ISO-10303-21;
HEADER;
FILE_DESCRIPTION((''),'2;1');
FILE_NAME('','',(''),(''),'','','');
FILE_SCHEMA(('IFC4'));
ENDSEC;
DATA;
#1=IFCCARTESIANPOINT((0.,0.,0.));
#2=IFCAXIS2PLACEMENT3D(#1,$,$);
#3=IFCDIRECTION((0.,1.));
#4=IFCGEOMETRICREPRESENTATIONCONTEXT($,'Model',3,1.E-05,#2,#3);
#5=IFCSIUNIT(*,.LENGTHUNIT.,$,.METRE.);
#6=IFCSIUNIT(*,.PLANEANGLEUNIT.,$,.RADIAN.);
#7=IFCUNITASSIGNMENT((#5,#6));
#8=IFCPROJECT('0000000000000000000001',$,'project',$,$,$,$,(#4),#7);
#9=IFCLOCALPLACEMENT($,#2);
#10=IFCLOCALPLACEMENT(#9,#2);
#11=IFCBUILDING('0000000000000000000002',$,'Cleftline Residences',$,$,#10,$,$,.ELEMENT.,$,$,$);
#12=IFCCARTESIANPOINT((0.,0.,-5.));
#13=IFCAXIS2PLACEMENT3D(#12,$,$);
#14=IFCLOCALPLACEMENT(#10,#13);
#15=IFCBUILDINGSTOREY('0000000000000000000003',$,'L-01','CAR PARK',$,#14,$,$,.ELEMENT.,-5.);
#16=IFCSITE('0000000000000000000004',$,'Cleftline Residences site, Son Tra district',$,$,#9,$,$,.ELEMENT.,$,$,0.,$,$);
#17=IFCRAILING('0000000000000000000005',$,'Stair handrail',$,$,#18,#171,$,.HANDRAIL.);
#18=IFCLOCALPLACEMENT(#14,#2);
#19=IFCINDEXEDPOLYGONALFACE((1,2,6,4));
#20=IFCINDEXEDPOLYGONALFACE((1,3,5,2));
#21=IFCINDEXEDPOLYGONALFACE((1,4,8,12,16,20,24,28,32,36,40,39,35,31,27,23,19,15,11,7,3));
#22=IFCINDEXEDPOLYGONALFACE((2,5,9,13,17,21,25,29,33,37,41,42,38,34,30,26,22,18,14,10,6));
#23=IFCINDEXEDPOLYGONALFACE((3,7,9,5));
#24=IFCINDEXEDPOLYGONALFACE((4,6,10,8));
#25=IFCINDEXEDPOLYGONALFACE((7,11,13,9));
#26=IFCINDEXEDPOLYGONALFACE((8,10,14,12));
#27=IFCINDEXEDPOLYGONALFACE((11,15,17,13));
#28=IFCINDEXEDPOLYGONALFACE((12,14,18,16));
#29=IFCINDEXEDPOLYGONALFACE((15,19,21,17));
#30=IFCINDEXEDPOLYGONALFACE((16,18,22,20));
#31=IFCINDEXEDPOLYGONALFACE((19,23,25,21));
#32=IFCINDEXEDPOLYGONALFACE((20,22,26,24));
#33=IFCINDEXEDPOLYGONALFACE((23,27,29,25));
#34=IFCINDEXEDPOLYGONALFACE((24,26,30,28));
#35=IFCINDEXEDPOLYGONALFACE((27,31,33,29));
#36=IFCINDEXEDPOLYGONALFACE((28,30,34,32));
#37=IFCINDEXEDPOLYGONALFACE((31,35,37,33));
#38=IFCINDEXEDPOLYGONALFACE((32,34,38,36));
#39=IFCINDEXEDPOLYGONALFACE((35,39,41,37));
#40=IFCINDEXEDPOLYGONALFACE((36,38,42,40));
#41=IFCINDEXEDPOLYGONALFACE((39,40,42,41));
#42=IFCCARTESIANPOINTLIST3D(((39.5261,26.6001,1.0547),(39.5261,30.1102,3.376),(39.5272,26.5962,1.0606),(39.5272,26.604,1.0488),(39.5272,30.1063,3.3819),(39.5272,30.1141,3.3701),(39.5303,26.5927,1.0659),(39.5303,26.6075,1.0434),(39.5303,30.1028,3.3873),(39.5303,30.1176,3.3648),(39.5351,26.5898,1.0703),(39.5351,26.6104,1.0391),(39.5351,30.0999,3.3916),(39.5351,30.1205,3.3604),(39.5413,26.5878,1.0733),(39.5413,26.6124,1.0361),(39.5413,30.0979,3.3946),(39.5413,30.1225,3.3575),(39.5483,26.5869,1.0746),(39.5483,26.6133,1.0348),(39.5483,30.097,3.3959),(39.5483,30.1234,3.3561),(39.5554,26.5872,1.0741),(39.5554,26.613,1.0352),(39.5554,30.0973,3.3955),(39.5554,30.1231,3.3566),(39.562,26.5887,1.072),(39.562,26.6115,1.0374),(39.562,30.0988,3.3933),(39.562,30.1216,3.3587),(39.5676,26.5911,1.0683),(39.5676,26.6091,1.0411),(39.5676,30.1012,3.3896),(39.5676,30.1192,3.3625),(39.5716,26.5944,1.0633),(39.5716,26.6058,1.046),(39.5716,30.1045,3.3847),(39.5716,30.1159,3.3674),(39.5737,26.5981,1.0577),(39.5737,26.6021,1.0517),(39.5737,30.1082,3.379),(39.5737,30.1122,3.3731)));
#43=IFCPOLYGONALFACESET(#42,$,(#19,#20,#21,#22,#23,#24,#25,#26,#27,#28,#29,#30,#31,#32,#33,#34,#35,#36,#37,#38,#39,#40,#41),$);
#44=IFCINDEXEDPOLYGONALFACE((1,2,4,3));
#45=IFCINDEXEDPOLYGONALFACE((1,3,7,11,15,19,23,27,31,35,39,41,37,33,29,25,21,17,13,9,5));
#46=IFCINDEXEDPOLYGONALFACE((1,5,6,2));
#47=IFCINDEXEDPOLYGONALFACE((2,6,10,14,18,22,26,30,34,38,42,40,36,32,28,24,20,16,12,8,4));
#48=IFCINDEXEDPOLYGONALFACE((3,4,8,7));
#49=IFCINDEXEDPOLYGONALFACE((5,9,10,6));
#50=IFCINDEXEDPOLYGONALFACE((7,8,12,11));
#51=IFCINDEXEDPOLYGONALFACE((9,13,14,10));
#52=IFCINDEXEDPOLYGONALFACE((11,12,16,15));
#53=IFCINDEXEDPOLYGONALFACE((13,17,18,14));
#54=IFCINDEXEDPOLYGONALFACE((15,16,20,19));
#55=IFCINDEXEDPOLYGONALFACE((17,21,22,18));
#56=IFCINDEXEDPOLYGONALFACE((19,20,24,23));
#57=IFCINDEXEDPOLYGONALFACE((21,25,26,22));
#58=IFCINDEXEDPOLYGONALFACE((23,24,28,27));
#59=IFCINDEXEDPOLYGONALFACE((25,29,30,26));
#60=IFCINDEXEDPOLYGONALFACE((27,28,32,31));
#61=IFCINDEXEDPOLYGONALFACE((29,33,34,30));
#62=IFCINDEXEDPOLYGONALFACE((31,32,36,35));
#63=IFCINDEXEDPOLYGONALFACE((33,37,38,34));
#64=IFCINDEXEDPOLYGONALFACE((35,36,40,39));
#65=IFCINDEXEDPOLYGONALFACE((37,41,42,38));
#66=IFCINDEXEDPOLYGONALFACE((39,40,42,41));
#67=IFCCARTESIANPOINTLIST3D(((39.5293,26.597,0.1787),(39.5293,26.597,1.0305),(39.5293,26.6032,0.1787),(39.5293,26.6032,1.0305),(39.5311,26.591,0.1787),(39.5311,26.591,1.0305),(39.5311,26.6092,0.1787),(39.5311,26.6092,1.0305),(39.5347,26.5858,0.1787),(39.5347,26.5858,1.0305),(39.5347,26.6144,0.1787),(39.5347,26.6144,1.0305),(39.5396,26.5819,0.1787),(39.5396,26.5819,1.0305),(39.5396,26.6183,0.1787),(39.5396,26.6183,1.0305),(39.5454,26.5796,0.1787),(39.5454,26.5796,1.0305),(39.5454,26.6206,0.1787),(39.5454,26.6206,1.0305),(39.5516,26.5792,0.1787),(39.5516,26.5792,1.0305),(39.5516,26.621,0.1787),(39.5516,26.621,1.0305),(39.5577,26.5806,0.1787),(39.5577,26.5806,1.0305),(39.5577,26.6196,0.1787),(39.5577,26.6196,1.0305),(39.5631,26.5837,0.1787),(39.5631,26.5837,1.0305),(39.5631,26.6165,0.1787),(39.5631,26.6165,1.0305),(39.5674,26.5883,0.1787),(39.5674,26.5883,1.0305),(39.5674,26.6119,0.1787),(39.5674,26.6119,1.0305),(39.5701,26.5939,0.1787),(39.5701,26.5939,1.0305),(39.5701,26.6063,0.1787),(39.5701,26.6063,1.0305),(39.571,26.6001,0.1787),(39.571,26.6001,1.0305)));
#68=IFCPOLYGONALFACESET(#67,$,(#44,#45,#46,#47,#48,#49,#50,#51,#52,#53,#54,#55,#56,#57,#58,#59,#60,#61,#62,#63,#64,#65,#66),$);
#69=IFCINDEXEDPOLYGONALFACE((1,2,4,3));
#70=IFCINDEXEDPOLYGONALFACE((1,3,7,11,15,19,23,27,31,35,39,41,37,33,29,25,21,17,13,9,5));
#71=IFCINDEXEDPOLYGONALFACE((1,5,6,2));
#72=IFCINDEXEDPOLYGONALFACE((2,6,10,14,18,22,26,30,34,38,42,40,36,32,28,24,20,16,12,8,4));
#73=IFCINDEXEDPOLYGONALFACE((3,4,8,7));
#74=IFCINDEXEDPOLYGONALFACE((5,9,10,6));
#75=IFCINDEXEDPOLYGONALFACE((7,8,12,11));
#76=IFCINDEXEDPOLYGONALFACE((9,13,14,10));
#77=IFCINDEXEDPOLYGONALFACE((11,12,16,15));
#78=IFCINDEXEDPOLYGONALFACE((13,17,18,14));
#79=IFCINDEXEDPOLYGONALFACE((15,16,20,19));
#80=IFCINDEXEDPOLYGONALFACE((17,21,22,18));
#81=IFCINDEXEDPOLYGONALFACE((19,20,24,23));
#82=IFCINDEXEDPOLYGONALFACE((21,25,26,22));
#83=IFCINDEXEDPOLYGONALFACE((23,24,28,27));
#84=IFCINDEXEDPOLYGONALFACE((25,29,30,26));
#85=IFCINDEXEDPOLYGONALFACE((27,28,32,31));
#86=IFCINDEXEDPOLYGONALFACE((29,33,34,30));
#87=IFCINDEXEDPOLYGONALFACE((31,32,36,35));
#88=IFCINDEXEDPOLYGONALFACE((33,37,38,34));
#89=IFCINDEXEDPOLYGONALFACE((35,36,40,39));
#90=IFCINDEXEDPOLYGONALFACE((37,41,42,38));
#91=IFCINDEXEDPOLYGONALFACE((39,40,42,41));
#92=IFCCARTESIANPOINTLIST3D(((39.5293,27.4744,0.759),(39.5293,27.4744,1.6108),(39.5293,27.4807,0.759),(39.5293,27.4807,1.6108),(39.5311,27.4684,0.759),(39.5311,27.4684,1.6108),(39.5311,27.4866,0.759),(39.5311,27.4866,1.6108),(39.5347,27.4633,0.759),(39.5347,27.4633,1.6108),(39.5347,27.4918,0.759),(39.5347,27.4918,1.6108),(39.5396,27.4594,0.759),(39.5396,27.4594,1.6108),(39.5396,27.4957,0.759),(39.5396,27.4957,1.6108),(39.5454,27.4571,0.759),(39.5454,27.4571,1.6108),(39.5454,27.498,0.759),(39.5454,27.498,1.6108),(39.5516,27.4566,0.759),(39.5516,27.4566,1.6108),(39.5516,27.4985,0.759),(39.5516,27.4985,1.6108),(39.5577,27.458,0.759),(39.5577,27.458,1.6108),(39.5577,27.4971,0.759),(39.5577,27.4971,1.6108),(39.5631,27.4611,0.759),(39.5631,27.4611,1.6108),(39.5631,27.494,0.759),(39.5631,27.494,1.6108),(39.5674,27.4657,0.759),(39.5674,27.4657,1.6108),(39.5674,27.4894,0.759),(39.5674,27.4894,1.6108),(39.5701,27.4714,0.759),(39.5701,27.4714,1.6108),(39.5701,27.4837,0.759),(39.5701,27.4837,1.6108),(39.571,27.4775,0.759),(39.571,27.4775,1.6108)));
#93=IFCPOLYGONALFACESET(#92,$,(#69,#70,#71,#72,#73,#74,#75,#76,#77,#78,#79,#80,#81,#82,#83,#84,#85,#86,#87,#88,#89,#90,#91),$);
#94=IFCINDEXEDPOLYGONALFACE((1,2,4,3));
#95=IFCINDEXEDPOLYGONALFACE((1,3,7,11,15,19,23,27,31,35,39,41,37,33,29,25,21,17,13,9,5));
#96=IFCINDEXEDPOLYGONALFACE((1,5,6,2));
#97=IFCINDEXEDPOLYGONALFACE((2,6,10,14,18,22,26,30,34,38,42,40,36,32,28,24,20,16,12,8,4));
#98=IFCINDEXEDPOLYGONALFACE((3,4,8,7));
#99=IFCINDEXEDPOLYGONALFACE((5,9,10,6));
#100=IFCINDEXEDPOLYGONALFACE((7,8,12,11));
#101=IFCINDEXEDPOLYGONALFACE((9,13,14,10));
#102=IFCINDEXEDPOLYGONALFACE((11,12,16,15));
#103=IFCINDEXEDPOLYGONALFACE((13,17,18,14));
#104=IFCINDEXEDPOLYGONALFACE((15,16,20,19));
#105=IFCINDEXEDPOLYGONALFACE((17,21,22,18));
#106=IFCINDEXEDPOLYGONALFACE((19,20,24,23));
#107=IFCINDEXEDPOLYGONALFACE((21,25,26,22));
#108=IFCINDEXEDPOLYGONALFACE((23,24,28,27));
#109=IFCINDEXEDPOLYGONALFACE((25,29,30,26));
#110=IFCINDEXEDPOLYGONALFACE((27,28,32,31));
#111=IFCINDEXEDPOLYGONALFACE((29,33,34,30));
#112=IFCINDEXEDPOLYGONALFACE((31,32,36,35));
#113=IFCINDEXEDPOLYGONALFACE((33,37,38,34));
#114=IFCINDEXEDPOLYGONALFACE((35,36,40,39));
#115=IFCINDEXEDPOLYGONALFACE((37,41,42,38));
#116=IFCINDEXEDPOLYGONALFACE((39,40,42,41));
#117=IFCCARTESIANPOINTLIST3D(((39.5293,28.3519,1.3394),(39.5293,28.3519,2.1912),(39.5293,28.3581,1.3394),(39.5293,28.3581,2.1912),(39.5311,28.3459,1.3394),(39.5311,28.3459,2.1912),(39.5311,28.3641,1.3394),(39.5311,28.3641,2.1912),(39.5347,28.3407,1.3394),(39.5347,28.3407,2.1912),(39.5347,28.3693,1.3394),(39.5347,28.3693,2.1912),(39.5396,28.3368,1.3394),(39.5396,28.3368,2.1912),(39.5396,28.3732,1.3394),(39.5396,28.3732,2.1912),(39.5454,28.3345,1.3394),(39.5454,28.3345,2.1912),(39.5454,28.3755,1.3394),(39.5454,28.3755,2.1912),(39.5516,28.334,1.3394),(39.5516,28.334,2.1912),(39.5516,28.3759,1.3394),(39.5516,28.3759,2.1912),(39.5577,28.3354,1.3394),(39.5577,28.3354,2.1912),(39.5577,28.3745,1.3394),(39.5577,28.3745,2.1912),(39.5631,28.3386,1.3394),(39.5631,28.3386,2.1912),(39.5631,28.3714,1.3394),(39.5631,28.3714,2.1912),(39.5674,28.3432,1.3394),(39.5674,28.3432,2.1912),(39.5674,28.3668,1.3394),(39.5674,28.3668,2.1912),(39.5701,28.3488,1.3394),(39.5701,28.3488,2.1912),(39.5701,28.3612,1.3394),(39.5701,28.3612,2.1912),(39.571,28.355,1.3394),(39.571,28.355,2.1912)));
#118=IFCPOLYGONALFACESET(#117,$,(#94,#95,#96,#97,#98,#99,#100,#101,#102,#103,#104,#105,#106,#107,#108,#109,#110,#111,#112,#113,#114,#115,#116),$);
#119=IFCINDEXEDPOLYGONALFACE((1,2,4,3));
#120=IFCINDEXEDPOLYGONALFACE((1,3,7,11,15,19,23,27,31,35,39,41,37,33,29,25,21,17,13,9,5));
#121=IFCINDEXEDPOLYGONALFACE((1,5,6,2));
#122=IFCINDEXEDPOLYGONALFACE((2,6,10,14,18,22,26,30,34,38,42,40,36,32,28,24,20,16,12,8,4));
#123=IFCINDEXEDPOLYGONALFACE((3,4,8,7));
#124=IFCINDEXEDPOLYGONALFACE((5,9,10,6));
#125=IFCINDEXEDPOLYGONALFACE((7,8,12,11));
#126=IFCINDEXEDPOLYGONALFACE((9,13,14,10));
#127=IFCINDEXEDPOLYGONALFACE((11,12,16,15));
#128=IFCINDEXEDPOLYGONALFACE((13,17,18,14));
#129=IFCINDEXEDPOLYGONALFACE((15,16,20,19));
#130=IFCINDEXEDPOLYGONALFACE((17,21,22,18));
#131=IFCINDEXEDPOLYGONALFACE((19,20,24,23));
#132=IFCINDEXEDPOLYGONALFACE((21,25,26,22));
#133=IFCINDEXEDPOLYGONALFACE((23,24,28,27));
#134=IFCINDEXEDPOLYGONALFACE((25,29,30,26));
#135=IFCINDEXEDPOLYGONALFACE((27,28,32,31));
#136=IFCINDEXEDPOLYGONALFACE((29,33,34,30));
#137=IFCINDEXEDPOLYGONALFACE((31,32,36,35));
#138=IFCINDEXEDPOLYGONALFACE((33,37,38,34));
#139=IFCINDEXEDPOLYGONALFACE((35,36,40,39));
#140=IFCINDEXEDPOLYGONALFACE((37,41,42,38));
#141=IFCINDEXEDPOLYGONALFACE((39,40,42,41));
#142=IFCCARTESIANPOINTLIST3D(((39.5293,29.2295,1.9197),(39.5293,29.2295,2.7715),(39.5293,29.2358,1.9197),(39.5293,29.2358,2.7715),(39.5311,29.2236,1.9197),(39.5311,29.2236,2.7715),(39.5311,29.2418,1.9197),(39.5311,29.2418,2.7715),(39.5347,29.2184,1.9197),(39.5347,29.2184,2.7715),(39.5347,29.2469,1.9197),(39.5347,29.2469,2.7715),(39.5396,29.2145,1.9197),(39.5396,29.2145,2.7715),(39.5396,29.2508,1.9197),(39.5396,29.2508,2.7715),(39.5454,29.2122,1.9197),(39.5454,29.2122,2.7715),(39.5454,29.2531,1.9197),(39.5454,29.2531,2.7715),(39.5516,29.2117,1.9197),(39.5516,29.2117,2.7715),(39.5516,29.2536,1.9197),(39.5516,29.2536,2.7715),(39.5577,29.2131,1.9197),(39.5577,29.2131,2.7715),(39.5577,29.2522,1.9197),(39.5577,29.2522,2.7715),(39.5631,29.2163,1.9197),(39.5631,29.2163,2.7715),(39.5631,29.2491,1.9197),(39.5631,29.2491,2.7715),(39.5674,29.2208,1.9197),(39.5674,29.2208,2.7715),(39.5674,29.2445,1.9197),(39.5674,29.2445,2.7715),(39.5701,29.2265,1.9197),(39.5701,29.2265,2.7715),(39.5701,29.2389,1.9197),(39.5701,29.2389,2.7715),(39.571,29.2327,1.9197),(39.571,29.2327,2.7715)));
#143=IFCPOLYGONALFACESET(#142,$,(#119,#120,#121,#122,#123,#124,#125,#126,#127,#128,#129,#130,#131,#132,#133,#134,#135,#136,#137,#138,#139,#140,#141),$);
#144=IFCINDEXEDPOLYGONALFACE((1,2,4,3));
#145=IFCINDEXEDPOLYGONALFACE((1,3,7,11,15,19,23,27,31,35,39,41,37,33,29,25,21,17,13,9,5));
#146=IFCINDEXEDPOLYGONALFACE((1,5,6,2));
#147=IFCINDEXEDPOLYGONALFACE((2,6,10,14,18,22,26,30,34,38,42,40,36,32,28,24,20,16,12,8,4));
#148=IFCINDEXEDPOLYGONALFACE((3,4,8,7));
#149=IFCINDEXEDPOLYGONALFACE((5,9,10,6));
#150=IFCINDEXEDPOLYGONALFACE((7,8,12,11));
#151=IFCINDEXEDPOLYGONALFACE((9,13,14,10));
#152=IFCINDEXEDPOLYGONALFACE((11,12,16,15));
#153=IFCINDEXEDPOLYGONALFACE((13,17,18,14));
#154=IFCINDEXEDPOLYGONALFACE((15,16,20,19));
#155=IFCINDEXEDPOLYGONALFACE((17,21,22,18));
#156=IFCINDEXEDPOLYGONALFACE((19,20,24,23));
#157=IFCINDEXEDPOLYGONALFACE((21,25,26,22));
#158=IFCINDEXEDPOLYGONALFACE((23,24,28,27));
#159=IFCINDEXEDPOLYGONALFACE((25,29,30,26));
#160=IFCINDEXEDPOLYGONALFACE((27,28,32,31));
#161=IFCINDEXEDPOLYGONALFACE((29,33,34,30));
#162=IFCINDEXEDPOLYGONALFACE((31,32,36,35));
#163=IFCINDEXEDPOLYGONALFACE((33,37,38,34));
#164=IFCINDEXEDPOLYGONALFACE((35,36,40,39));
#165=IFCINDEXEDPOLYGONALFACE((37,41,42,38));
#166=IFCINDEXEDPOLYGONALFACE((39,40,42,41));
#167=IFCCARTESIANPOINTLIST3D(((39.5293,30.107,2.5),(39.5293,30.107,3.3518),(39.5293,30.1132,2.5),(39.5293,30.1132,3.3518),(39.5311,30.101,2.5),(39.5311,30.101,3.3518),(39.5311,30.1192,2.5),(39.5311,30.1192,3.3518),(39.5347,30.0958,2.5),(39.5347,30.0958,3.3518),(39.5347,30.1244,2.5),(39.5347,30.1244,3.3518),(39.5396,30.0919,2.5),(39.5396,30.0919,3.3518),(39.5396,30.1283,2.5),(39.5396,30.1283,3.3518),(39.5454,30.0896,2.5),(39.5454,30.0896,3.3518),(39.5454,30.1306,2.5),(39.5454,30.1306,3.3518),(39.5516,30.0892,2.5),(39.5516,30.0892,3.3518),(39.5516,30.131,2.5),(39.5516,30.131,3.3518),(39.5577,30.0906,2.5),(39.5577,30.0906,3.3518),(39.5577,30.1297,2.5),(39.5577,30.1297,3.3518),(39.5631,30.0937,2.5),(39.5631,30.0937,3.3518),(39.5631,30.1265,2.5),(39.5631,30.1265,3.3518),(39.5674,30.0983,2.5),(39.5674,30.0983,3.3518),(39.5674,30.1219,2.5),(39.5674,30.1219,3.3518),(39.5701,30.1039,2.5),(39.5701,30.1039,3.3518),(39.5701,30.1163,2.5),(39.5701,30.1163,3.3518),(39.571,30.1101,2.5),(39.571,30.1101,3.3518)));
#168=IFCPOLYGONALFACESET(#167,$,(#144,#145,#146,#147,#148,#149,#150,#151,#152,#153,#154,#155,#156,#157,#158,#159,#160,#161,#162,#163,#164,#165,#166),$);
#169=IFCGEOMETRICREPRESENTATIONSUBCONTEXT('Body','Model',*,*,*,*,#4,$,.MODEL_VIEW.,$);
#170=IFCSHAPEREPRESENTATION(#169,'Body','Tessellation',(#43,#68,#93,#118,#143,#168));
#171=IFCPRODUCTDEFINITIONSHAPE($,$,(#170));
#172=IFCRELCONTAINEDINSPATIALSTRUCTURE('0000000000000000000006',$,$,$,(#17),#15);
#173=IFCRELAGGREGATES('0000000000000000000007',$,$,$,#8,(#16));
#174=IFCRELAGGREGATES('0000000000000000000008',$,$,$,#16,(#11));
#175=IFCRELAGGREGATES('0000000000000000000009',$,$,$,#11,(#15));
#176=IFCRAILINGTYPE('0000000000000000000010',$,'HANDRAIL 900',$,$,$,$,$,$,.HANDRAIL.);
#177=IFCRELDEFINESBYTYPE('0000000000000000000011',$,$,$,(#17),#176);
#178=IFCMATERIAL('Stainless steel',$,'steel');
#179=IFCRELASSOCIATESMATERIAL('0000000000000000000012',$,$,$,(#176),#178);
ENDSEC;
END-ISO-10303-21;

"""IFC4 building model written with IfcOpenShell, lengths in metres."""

from ifc_helpers import new_model, si_unit, direction, frame, origin, origin_2d, place, context, subcontext, project, spatial, circle, extrude, material, type_object, element, save


model = new_model("IFC4")

# Units and contexts
model_context = context("Model", 3, precision=1e-05, world=origin(), true_north=direction((0.0, 1.0)))
body_context = subcontext(model_context, "Body", "Model", "MODEL_VIEW")
ifc_project = project(units=[si_unit("LENGTHUNIT", "METRE"), si_unit("PLANEANGLEUNIT", "RADIAN")], contexts=[model_context])

# Site, building, storey
site_placement = place(None, origin())
site = spatial("IfcSite", under=ifc_project, at=site_placement, Name="Cleftline Residences site, Son Tra district", CompositionType="ELEMENT", RefElevation=0.0)
building_placement = place(site_placement, origin())
building = spatial("IfcBuilding", under=site, at=building_placement, Name="Cleftline Residences", CompositionType="ELEMENT")
storey_placement = place(building_placement, frame((0.0, 0.0, -5.0)))
storey = spatial("IfcBuildingStorey", under=building, at=storey_placement, Name="L-01", Description="CAR PARK", CompositionType="ELEMENT", Elevation=-5.0)

# Railing
ifc_material_1 = material(Name="Stainless steel", Category="steel")
railing_type = type_object("IfcRailingType", Name="HANDRAIL 900", PredefinedType="HANDRAIL", material=ifc_material_1)
railing_1_placement = place(storey_placement, frame((39.55, 26.6001, 0.1787)))
element("IfcRailing", 1, at=railing_1_placement, inside=storey, type_object=railing_type, Name="Stair handrail", PredefinedType="HANDRAIL", context=body_context, shape_type="SweptSolid", body=[
    extrude(circle(Radius=0.0239, at=origin_2d()), frame((0.0, 0.0, 0.876), z_axis=(0.0, 0.834097, 0.551617), x_axis=(-1.0, 0.0, 0.0)), (0.0, 0.0, 1.0), 4.2083),
    extrude(circle(Radius=0.021, at=origin_2d()), origin(), (0.0, 0.0, 1.0), 0.8518),
    extrude(circle(Radius=0.021, at=origin_2d()), frame((0.0, 0.8774, 0.5803)), (0.0, 0.0, 1.0), 0.8518),
    extrude(circle(Radius=0.021, at=origin_2d()), frame((0.0, 1.7549, 1.1606)), (0.0, 0.0, 1.0), 0.8518),
    extrude(circle(Radius=0.021, at=origin_2d()), frame((0.0, 2.6326, 1.741)), (0.0, 0.0, 1.0), 0.8518),
    extrude(circle(Radius=0.021, at=origin_2d()), frame((0.0, 3.51, 2.3213)), (0.0, 0.0, 1.0), 0.8518),
])

save(model, "model.ifc")
